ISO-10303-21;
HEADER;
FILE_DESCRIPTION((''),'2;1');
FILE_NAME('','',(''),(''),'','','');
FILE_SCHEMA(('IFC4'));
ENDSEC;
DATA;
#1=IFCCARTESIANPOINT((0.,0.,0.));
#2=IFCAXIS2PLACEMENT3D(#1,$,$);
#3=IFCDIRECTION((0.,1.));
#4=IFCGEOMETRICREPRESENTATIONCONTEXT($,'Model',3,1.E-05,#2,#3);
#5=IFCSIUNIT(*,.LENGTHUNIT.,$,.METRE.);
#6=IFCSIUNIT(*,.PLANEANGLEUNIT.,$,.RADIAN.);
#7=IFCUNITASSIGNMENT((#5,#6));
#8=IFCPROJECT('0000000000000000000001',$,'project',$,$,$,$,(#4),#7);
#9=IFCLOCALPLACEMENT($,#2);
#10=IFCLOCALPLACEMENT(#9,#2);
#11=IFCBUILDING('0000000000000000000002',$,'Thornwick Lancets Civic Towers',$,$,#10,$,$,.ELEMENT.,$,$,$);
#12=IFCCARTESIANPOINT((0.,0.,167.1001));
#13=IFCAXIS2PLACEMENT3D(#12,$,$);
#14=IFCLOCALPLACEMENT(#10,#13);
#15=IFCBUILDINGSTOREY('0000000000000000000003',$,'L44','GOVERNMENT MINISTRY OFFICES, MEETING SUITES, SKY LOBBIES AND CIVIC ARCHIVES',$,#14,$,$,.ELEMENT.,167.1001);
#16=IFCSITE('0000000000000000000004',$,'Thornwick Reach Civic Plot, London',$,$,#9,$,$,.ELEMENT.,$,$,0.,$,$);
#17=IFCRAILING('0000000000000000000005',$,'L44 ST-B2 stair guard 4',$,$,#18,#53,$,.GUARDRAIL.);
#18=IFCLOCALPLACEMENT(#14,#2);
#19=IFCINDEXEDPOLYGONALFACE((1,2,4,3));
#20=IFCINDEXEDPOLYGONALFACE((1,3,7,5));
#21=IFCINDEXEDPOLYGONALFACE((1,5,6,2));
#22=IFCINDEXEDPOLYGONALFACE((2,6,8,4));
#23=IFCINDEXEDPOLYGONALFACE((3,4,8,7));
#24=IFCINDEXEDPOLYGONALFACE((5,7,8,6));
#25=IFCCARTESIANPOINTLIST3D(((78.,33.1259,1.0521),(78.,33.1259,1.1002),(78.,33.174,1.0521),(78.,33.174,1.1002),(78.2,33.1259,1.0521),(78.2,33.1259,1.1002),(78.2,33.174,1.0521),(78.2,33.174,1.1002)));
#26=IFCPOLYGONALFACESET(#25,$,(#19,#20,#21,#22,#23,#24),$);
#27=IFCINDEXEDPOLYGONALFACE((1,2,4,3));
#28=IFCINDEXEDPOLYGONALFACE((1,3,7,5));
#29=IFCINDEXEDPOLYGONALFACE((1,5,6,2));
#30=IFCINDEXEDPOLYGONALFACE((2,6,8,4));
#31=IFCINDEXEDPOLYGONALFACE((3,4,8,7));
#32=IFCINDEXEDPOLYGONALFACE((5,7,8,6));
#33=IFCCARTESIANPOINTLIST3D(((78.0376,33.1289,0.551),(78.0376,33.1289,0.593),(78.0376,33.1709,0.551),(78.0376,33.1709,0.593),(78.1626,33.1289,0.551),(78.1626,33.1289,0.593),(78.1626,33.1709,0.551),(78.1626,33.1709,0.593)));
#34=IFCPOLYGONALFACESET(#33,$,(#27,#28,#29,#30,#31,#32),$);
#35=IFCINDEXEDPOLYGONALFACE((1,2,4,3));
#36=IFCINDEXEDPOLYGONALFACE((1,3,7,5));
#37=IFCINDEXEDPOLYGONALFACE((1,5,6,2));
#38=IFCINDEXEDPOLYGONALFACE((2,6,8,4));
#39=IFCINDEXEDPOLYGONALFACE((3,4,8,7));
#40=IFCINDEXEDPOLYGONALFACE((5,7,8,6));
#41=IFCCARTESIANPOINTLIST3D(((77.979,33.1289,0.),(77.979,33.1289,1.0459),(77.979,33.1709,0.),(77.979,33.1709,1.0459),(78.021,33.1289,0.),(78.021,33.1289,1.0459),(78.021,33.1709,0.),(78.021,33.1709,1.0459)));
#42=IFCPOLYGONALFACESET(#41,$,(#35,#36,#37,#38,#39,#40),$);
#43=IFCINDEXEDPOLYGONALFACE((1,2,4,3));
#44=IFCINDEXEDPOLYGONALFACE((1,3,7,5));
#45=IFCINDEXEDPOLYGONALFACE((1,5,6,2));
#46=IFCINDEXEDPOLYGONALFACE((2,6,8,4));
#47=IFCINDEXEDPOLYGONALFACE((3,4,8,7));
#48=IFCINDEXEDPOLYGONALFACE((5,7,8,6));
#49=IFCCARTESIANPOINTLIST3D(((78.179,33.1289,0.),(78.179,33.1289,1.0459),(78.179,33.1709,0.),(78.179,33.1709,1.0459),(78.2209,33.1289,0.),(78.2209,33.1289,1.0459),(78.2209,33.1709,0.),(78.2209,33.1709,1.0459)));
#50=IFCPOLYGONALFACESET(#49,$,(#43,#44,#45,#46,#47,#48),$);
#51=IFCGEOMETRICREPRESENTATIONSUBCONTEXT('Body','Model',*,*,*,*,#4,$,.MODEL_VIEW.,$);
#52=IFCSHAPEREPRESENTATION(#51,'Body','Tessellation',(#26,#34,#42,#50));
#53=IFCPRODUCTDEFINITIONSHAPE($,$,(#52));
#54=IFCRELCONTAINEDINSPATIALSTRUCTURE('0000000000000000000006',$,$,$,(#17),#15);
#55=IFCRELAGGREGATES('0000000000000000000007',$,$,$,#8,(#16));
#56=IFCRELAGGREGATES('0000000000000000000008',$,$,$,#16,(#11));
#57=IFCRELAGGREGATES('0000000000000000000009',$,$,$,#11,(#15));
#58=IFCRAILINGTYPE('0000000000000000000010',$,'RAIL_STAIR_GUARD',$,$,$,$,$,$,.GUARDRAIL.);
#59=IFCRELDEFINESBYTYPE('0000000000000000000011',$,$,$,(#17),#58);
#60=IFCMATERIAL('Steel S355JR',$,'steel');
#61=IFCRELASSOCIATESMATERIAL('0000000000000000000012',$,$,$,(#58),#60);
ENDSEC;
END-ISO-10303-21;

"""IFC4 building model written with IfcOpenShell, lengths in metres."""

from ifc_helpers import new_model, si_unit, direction, frame, origin, origin_2d, place, context, subcontext, project, spatial, rectangle, extrude, material, type_object, element, save


model = new_model("IFC4")

# Units and contexts
model_context = context("Model", 3, precision=1e-05, world=origin(), true_north=direction((0.0, 1.0)))
body_context = subcontext(model_context, "Body", "Model", "MODEL_VIEW")
ifc_project = project(units=[si_unit("LENGTHUNIT", "METRE"), si_unit("PLANEANGLEUNIT", "RADIAN")], contexts=[model_context])

# Site, building, storey
site_placement = place(None, origin())
site = spatial("IfcSite", under=ifc_project, at=site_placement, Name="Thornwick Reach Civic Plot, London", CompositionType="ELEMENT", RefElevation=0.0)
building_placement = place(site_placement, origin())
building = spatial("IfcBuilding", under=site, at=building_placement, Name="Thornwick Lancets Civic Towers", CompositionType="ELEMENT")
storey_placement = place(building_placement, frame((0.0, 0.0, 167.1001)))
storey = spatial("IfcBuildingStorey", under=building, at=storey_placement, Name="L44", Description="GOVERNMENT MINISTRY OFFICES, MEETING SUITES, SKY LOBBIES AND CIVIC ARCHIVES", CompositionType="ELEMENT", Elevation=167.1001)

# Shared definitions
ifc_material_1 = material(Name="Steel S355JR", Category="steel")

# Railing
railing_type_1 = type_object("IfcRailingType", Name="RAIL_STAIR_GUARD", PredefinedType="GUARDRAIL", material=ifc_material_1)
railing_1_placement = place(storey_placement, frame((78.0, 33.1499, 0.0)))
element("IfcRailing", 1, at=railing_1_placement, inside=storey, type_object=railing_type_1, Name="L44 ST-B2 stair guard 4", PredefinedType="GUARDRAIL", context=body_context, shape_type="SweptSolid", body=[
    extrude(rectangle(XDim=0.0481, YDim=0.0481, at=origin_2d()), frame((0.0, 0.0, 1.0762), z_axis=(1.0, 0.0, 0.0), x_axis=(0.0, 1.0, 0.0)), (0.0, 0.0, 1.0), 0.2),
    extrude(rectangle(XDim=0.042, YDim=0.042, at=origin_2d()), frame((0.0376, 0.0, 0.572), z_axis=(1.0, 0.0, 0.0), x_axis=(0.0, 1.0, 0.0)), (0.0, 0.0, 1.0), 0.125),
    extrude(rectangle(XDim=0.042, YDim=0.042, at=origin_2d()), origin(), (0.0, 0.0, 1.0), 1.0459),
    extrude(rectangle(XDim=0.042, YDim=0.042, at=origin_2d()), frame((0.2, 0.0, 0.0)), (0.0, 0.0, 1.0), 1.0459),
])

save(model, "model.ifc")
